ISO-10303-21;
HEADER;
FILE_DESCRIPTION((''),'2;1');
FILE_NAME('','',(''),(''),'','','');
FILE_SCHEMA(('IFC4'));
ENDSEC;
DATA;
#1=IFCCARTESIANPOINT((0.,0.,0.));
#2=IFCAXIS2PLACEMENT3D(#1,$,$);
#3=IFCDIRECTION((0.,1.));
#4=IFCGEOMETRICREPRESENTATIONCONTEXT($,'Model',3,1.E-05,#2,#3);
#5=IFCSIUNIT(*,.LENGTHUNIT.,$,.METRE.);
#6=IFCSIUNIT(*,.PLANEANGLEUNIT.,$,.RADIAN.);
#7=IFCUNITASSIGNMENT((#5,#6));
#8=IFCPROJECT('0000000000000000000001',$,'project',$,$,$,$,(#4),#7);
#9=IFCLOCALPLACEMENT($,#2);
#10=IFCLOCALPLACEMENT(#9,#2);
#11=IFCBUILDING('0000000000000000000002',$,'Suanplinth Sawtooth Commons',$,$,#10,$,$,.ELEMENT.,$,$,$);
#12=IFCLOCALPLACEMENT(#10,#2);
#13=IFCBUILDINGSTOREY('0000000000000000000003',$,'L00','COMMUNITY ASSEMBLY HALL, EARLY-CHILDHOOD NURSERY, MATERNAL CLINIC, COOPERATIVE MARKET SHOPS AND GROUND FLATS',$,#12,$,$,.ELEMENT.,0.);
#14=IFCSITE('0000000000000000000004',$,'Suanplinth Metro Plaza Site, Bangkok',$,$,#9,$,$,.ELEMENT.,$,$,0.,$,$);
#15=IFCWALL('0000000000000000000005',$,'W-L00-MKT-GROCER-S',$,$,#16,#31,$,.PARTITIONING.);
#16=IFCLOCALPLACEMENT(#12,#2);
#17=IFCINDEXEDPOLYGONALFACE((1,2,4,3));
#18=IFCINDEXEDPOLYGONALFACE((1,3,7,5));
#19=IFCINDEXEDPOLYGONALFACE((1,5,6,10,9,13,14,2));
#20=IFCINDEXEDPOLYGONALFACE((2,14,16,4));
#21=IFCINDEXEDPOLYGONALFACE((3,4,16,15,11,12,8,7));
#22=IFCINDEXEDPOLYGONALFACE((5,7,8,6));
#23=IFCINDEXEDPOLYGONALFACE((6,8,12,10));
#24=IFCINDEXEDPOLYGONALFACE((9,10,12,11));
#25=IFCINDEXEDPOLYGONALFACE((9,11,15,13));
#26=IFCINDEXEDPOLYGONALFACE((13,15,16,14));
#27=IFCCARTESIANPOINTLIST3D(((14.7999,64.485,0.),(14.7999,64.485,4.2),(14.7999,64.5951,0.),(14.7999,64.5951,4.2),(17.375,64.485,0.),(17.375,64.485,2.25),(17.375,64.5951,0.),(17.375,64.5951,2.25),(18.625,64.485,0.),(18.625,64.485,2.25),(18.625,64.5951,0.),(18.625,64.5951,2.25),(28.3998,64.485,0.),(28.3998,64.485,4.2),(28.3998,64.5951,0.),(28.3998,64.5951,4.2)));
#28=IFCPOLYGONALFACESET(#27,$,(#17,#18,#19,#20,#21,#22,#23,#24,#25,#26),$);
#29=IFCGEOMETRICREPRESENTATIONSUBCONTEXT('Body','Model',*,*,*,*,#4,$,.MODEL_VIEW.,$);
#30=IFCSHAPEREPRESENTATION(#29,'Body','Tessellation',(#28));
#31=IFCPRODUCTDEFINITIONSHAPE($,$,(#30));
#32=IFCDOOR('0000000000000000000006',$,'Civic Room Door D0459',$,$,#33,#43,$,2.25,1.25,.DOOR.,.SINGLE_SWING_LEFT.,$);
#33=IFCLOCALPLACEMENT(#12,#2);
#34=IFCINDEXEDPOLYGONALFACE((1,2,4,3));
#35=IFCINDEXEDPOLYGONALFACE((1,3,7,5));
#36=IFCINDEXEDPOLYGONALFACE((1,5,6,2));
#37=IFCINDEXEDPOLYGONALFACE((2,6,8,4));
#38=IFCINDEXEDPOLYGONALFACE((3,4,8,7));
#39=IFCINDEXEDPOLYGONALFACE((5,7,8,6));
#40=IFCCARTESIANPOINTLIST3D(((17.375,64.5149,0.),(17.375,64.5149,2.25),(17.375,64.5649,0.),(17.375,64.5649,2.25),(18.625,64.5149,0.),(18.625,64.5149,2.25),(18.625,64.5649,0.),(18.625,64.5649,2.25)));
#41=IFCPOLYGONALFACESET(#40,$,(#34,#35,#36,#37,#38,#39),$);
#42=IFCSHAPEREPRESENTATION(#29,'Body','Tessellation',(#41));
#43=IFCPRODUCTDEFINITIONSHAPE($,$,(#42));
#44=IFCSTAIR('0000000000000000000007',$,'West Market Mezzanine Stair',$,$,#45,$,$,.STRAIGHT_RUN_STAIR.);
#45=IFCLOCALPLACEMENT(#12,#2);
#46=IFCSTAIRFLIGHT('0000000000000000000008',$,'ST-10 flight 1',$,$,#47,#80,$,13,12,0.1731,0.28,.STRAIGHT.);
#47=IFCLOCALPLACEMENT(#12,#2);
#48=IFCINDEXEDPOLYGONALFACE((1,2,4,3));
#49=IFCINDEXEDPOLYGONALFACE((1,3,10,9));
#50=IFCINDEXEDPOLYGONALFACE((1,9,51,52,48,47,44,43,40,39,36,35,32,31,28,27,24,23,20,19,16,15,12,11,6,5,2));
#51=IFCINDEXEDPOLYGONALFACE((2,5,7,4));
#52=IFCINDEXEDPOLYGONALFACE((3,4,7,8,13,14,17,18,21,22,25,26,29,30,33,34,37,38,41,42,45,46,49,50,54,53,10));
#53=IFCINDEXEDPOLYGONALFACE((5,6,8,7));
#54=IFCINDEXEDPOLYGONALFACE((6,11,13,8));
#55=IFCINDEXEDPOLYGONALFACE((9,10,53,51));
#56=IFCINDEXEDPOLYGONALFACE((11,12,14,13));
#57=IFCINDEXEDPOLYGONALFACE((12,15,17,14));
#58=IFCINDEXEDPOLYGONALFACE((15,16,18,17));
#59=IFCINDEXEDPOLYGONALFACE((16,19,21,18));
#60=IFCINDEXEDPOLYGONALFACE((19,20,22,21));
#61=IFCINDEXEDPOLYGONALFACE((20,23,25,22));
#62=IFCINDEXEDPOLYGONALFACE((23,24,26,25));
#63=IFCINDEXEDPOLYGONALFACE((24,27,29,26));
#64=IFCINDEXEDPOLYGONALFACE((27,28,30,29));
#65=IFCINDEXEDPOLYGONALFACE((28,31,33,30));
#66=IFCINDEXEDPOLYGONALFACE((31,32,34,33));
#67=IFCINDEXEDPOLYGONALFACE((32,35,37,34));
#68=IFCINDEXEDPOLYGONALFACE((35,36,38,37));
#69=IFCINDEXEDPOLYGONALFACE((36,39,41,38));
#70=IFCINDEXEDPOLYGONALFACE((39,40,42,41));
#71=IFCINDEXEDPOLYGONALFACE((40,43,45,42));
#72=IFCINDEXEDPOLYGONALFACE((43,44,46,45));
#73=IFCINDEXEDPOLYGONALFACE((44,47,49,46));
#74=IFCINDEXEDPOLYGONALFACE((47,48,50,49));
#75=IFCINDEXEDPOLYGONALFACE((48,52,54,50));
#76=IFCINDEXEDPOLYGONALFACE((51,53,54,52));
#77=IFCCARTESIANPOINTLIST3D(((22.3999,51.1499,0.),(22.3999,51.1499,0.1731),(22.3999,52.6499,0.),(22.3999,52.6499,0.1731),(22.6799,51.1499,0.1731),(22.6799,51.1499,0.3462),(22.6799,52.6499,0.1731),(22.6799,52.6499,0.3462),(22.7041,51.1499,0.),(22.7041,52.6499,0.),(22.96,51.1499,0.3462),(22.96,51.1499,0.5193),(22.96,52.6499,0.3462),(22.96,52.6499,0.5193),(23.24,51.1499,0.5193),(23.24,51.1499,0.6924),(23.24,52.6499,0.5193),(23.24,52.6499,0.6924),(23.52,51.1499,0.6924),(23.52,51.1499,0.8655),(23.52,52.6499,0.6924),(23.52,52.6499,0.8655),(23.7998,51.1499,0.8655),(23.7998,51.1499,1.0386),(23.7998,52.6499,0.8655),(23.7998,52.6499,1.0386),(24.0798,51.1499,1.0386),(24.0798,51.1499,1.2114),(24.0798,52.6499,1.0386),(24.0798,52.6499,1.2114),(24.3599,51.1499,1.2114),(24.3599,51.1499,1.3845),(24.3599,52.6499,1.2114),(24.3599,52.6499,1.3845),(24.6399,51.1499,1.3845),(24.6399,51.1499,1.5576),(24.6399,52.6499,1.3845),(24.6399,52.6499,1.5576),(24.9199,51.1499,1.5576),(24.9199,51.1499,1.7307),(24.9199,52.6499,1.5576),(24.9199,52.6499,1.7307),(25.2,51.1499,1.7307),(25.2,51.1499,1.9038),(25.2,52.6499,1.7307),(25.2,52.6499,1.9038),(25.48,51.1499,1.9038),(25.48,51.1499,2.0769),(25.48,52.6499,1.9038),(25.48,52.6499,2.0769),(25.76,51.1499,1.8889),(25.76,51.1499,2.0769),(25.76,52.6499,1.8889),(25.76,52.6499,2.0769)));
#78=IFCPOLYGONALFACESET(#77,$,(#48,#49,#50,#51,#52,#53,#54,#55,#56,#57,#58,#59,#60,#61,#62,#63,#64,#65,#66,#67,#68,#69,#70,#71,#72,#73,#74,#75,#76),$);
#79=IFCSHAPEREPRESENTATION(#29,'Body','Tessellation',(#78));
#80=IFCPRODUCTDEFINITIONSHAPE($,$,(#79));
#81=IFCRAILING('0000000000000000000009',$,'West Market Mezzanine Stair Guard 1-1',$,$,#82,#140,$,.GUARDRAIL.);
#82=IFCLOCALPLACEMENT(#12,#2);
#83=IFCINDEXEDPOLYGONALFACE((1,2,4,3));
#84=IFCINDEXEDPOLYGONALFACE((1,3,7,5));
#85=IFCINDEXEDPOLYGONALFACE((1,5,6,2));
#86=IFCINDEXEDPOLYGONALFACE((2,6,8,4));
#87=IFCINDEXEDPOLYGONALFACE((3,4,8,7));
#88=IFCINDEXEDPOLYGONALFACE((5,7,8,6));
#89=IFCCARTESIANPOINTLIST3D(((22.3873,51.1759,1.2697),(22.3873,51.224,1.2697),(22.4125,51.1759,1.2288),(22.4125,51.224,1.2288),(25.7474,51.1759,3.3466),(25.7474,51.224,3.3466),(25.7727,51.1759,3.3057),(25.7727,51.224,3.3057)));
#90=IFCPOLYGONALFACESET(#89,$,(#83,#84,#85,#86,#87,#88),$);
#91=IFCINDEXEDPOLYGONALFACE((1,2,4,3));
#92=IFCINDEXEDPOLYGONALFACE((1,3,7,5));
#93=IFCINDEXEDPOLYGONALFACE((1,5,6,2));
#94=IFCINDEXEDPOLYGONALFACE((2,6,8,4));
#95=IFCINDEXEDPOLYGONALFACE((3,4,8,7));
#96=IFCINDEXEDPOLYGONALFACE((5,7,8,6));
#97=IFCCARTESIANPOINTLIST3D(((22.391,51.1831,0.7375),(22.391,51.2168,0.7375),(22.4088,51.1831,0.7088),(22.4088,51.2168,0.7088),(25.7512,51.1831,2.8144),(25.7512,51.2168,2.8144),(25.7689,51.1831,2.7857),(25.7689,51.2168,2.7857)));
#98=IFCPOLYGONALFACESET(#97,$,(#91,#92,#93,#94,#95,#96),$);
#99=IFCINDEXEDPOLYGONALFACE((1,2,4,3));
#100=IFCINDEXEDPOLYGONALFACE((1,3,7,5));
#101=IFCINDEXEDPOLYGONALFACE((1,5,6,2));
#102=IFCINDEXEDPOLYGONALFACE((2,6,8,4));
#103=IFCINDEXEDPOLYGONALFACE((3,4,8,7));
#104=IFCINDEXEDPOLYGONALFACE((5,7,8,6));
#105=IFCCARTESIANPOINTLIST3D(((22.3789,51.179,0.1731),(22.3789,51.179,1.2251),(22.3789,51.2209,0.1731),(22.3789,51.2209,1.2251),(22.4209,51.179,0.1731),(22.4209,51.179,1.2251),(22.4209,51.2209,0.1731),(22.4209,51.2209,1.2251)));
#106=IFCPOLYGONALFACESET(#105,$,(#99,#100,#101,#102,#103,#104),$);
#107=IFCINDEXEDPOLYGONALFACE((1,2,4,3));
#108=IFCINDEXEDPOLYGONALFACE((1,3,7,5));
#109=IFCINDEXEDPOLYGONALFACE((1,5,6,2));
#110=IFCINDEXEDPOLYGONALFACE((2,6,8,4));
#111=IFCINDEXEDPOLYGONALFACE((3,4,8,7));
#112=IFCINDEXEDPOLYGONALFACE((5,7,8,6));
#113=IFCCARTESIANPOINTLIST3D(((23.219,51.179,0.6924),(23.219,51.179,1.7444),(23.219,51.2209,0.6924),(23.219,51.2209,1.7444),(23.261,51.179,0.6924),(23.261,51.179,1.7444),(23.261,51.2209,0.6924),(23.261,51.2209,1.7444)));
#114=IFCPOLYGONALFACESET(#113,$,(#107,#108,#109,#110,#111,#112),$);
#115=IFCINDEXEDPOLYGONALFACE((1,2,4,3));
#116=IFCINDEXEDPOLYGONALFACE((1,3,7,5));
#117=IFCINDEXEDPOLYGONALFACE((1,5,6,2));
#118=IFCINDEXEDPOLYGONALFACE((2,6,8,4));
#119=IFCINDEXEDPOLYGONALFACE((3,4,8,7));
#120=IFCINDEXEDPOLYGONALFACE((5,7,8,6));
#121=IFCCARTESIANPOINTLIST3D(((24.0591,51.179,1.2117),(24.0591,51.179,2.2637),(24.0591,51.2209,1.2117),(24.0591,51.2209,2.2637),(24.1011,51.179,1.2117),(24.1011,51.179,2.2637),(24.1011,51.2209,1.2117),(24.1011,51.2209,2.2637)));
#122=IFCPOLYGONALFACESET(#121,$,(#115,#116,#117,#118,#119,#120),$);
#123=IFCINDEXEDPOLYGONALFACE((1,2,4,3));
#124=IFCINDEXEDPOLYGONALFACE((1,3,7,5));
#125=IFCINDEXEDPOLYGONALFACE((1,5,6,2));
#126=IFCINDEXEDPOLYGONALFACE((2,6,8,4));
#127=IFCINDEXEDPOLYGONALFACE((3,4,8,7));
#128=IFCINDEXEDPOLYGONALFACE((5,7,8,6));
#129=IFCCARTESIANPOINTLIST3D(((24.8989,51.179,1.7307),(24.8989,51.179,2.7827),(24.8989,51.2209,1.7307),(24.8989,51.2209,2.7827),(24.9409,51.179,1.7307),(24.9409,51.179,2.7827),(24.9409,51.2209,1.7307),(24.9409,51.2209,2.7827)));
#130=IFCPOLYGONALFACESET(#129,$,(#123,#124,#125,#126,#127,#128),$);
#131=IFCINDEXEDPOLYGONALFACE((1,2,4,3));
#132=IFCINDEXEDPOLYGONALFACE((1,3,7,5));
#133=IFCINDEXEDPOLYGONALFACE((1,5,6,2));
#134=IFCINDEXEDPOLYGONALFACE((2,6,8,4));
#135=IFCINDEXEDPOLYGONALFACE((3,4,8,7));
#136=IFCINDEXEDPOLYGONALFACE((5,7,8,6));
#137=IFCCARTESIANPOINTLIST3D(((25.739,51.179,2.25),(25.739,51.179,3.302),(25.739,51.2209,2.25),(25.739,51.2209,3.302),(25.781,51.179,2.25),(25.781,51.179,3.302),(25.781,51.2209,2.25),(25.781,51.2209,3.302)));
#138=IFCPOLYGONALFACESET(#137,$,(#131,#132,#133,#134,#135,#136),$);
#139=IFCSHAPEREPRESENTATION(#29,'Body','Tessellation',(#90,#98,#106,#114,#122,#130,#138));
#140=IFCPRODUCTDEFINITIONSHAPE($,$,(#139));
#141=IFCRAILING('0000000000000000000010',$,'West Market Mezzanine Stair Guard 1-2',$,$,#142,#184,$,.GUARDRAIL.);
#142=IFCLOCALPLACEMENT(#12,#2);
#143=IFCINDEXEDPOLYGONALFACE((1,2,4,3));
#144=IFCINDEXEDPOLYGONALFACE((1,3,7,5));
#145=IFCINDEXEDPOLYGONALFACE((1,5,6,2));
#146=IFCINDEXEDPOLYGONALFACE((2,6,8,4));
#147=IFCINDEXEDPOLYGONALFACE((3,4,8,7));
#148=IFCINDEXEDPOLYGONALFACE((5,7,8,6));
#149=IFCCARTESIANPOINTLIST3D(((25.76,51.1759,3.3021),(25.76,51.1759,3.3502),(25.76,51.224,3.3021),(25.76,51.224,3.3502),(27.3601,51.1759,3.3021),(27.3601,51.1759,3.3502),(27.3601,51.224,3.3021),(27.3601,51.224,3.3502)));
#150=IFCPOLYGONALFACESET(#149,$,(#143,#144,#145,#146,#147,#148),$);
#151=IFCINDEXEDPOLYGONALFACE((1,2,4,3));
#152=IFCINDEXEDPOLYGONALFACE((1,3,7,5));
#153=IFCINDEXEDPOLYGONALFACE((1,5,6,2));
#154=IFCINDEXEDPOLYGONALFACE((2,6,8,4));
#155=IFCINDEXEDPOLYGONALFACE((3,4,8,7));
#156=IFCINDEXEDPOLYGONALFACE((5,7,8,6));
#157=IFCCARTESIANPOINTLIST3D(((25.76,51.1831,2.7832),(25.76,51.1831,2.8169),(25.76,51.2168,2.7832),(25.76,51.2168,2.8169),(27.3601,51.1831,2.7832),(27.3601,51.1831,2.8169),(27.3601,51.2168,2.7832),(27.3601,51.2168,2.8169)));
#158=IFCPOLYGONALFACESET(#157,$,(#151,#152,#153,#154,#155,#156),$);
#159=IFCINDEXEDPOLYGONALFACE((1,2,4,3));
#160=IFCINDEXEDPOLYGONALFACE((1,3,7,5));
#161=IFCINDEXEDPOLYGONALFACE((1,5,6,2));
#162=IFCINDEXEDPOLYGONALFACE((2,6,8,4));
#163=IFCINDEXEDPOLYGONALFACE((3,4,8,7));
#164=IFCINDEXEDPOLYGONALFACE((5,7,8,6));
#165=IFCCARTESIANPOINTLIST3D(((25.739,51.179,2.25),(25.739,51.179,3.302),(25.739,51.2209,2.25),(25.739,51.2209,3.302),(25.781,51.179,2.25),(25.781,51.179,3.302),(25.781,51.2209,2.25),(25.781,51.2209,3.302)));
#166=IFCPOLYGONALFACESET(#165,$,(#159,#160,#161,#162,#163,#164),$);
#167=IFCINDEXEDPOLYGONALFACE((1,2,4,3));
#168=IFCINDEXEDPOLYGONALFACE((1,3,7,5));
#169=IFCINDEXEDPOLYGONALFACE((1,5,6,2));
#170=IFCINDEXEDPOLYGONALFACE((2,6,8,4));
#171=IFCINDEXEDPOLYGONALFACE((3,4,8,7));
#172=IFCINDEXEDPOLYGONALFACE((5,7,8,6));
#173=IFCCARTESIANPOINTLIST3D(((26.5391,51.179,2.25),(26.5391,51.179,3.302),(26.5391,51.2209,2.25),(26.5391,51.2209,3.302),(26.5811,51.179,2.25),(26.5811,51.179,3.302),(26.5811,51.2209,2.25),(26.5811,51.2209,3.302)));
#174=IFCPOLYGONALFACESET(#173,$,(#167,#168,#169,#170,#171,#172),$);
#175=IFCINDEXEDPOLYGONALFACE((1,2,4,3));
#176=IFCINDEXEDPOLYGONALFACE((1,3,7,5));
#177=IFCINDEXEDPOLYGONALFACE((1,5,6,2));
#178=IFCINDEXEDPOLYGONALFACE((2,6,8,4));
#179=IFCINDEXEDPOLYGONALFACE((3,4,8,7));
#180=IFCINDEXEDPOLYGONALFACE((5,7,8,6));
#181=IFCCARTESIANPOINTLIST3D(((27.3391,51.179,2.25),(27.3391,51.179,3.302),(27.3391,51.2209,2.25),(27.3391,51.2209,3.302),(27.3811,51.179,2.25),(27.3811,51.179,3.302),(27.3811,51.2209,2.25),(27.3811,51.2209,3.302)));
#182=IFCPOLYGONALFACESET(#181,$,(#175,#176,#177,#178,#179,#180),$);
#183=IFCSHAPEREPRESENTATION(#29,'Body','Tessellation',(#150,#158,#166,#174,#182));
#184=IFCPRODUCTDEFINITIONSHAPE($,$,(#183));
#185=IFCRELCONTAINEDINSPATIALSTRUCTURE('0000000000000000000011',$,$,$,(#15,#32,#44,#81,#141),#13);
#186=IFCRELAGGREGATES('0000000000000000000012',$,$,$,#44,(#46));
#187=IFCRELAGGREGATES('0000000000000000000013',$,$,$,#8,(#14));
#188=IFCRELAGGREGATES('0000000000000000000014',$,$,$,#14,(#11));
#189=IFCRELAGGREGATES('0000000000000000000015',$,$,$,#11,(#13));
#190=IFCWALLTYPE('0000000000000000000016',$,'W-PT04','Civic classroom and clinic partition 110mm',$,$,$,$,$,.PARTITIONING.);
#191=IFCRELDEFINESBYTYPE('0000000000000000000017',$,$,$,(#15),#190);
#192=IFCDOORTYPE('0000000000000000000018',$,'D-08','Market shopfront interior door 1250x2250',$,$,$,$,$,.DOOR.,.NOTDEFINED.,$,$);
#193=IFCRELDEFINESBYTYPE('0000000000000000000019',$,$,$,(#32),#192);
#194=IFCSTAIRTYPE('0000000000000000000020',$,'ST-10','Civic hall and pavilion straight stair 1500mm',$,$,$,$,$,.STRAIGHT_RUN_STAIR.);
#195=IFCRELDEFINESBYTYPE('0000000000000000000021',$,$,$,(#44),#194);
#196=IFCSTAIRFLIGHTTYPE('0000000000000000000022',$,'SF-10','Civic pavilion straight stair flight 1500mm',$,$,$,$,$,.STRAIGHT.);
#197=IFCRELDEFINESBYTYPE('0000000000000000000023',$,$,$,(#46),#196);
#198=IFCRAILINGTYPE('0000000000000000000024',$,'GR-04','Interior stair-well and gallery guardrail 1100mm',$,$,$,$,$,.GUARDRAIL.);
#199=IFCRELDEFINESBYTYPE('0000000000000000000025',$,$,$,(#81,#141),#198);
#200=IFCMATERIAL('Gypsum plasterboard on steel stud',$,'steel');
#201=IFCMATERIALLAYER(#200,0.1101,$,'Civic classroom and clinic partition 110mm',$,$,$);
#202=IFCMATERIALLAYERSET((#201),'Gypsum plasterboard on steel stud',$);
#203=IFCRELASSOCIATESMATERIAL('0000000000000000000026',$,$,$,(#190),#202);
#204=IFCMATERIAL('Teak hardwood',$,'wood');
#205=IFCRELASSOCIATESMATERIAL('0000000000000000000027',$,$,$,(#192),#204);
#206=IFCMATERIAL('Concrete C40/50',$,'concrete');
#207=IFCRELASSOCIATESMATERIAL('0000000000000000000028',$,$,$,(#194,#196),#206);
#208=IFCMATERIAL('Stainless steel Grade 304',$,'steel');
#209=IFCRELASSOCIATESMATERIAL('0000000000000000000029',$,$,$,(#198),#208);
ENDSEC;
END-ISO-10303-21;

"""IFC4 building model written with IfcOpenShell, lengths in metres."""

from ifc_helpers import new_model, si_unit, direction, frame, frame_2d, origin, origin_2d, place, context, subcontext, project, spatial, polyline, rectangle, outline, extrude, material, layer, layer_set, type_object, element, fill, aggregate, save


model = new_model("IFC4")

# Units and contexts
model_context = context("Model", 3, precision=1e-05, world=origin(), true_north=direction((0.0, 1.0)))
body_context = subcontext(model_context, "Body", "Model", "MODEL_VIEW")
ifc_project = project(units=[si_unit("LENGTHUNIT", "METRE"), si_unit("PLANEANGLEUNIT", "RADIAN")], contexts=[model_context])

# Site, building, storey
site_placement = place(None, origin())
site = spatial("IfcSite", under=ifc_project, at=site_placement, Name="Suanplinth Metro Plaza Site, Bangkok", CompositionType="ELEMENT", RefElevation=0.0)
building_placement = place(site_placement, origin())
building = spatial("IfcBuilding", under=site, at=building_placement, Name="Suanplinth Sawtooth Commons", CompositionType="ELEMENT")
storey_placement = place(building_placement, origin())
storey = spatial("IfcBuildingStorey", under=building, at=storey_placement, Name="L00", Description="COMMUNITY ASSEMBLY HALL, EARLY-CHILDHOOD NURSERY, MATERNAL CLINIC, COOPERATIVE MARKET SHOPS AND GROUND FLATS", CompositionType="ELEMENT", Elevation=0.0)

# Shared definitions
ifc_material_1 = material(Name="Gypsum plasterboard on steel stud", Category="steel")
ifc_layer = layer(ifc_material_1, 0.1101, Name="Civic classroom and clinic partition 110mm")
ifc_layer_set = layer_set([ifc_layer], Name="Gypsum plasterboard on steel stud")
wall_type = type_object("IfcWallType", Name="W-PT04", Description="Civic classroom and clinic partition 110mm", PredefinedType="PARTITIONING", material=ifc_layer_set)
ifc_material_2 = material(Name="Teak hardwood", Category="wood")
door_type = type_object("IfcDoorType", Name="D-08", Description="Market shopfront interior door 1250x2250", OperationType="NOTDEFINED", PredefinedType="DOOR", material=ifc_material_2)

# Wall, opening, door
wall_1_placement = place(storey_placement, frame((14.8, 64.54, 0.0), z_axis=(0.0, 0.0, 1.0), x_axis=(1.0, 0.0, 0.0)))
wall_1 = element("IfcWall", 1, at=wall_1_placement, inside=storey, type_object=wall_type, Name="W-L00-MKT-GROCER-S", PredefinedType="PARTITIONING", context=body_context, shape_type="SweptSolid", body=[
    extrude(rectangle(XDim=13.5999, YDim=0.1101, at=frame_2d((6.7998, 0.0))), origin(), (0.0, 0.0, 1.0), 4.2),
])
opening_1_placement = place(wall_1_placement, frame((2.575, 0.0, 0.0)))
opening_1 = element("IfcOpeningElement", 2, at=opening_1_placement, cuts=wall_1, PredefinedType="OPENING", context=body_context, shape_type="SweptSolid", body=[
    extrude(rectangle(XDim=1.25, YDim=2.25, at=frame_2d((0.625, 1.125))), frame((0.0, 0.0698, 0.0), z_axis=(0.0, -1.0, 0.0), x_axis=(1.0, 0.0, 0.0)), (0.0, 0.0, 1.0), 0.1399),
])
door_1_placement = place(opening_1_placement, origin())
door_1 = element("IfcDoor", 3, at=door_1_placement, inside=storey, type_object=door_type, Name="Civic Room Door D0459", OperationType="SINGLE_SWING_LEFT", OverallHeight=2.25, OverallWidth=1.25, PredefinedType="DOOR", context=body_context, shape_type="SweptSolid", body=[
    extrude(rectangle(XDim=1.25, YDim=2.25, at=frame_2d((0.625, 1.125))), frame((0.0, 0.0249, 0.0), z_axis=(0.0, -1.0, 0.0), x_axis=(1.0, 0.0, 0.0)), (0.0, 0.0, 1.0), 0.05),
])
fill(opening_1, door_1)

# Stair, stair flight
ifc_material_3 = material(Name="Concrete C40/50", Category="concrete")
stair_type = type_object("IfcStairType", Name="ST-10", Description="Civic hall and pavilion straight stair 1500mm", PredefinedType="STRAIGHT_RUN_STAIR", material=ifc_material_3)
stair_placement = place(storey_placement, origin())
stair = element("IfcStair", 4, at=stair_placement, inside=storey, type_object=stair_type, Name="West Market Mezzanine Stair", PredefinedType="STRAIGHT_RUN_STAIR")
stair_flight_type = type_object("IfcStairFlightType", Name="SF-10", Description="Civic pavilion straight stair flight 1500mm", PredefinedType="STRAIGHT", material=ifc_material_3)
stair_flight_placement = place(storey_placement, frame((22.3999, 51.8999, 0.0), z_axis=(0.0, 0.0, 1.0), x_axis=(1.0, 0.0, 0.0)))
stair_flight = element("IfcStairFlight", 5, at=stair_flight_placement, type_object=stair_flight_type, Name="ST-10 flight 1", NumberOfRisers=13, NumberOfTreads=12, PredefinedType="STRAIGHT", RiserHeight=0.1731, TreadLength=0.28, context=body_context, shape_type="SweptSolid", body=[
    extrude(outline(polyline([(0.0, 0.0), (0.0, 0.1731), (0.28, 0.1731), (0.28, 0.3462), (0.5601, 0.3462), (0.5601, 0.5193), (0.8401, 0.5193), (0.8401, 0.6924), (1.1201, 0.6924), (1.1201, 0.8655), (1.3999, 0.8655), (1.3999, 1.0386), (1.6799, 1.0386), (1.6799, 1.2114), (1.96, 1.2114), (1.96, 1.3845), (2.24, 1.3845), (2.24, 1.5576), (2.52, 1.5576), (2.52, 1.7307), (2.8, 1.7307), (2.8, 1.9038), (3.0801, 1.9038), (3.0801, 2.0769), (3.3601, 2.0769), (3.3601, 2.25), (3.3601, 1.8889), (0.3042, 0.0), (0.0, 0.0)])), frame((0.0, 0.75, 0.0), z_axis=(0.0, -1.0, 0.0), x_axis=(1.0, 0.0, 0.0)), (0.0, 0.0, 1.0), 1.5),
])
aggregate(stair, [stair_flight])

# Railings
ifc_material_4 = material(Name="Stainless steel Grade 304", Category="steel")
railing_type_1 = type_object("IfcRailingType", Name="GR-04", Description="Interior stair-well and gallery guardrail 1100mm", PredefinedType="GUARDRAIL", material=ifc_material_4)
railing_1_placement = place(storey_placement, frame((22.3999, 51.2, 0.1731)))
element("IfcRailing", 6, at=railing_1_placement, inside=storey, type_object=railing_type_1, Name="West Market Mezzanine Stair Guard 1-1", PredefinedType="GUARDRAIL", context=body_context, shape_type="SweptSolid", body=[
    extrude(rectangle(XDim=0.0481, YDim=0.0481, at=origin_2d()), frame((0.0, 0.0, 1.0762), z_axis=(0.850623, 0.0, 0.525776), x_axis=(0.0, 1.0, 0.0)), (0.0, 0.0, 1.0), 3.9502),
    extrude(rectangle(XDim=0.0337, YDim=0.0337, at=origin_2d()), frame((0.0, 0.0, 0.55), z_axis=(0.850623, 0.0, 0.525776), x_axis=(0.0, 1.0, 0.0)), (0.0, 0.0, 1.0), 3.9502),
    extrude(rectangle(XDim=0.042, YDim=0.042, at=origin_2d()), origin(), (0.0, 0.0, 1.0), 1.052),
    extrude(rectangle(XDim=0.042, YDim=0.042, at=origin_2d()), frame((0.8401, 0.0, 0.5193)), (0.0, 0.0, 1.0), 1.052),
    extrude(rectangle(XDim=0.042, YDim=0.042, at=origin_2d()), frame((1.6802, 0.0, 1.0386)), (0.0, 0.0, 1.0), 1.052),
    extrude(rectangle(XDim=0.042, YDim=0.042, at=origin_2d()), frame((2.52, 0.0, 1.5576)), (0.0, 0.0, 1.0), 1.052),
    extrude(rectangle(XDim=0.042, YDim=0.042, at=origin_2d()), frame((3.3601, 0.0, 2.0769)), (0.0, 0.0, 1.0), 1.052),
])
railing_2_placement = place(storey_placement, frame((25.76, 51.2, 2.25)))
element("IfcRailing", 7, at=railing_2_placement, inside=storey, type_object=railing_type_1, Name="West Market Mezzanine Stair Guard 1-2", PredefinedType="GUARDRAIL", context=body_context, shape_type="SweptSolid", body=[
    extrude(rectangle(XDim=0.0481, YDim=0.0481, at=origin_2d()), frame((0.0, 0.0, 1.0762), z_axis=(1.0, 0.0, 0.0), x_axis=(0.0, 1.0, 0.0)), (0.0, 0.0, 1.0), 1.6001),
    extrude(rectangle(XDim=0.0337, YDim=0.0337, at=origin_2d()), frame((0.0, 0.0, 0.55), z_axis=(1.0, 0.0, 0.0), x_axis=(0.0, 1.0, 0.0)), (0.0, 0.0, 1.0), 1.6001),
    extrude(rectangle(XDim=0.042, YDim=0.042, at=origin_2d()), origin(), (0.0, 0.0, 1.0), 1.052),
    extrude(rectangle(XDim=0.042, YDim=0.042, at=origin_2d()), frame((0.8, 0.0, 0.0)), (0.0, 0.0, 1.0), 1.052),
    extrude(rectangle(XDim=0.042, YDim=0.042, at=origin_2d()), frame((1.6001, 0.0, 0.0)), (0.0, 0.0, 1.0), 1.052),
])

save(model, "model.ifc")
